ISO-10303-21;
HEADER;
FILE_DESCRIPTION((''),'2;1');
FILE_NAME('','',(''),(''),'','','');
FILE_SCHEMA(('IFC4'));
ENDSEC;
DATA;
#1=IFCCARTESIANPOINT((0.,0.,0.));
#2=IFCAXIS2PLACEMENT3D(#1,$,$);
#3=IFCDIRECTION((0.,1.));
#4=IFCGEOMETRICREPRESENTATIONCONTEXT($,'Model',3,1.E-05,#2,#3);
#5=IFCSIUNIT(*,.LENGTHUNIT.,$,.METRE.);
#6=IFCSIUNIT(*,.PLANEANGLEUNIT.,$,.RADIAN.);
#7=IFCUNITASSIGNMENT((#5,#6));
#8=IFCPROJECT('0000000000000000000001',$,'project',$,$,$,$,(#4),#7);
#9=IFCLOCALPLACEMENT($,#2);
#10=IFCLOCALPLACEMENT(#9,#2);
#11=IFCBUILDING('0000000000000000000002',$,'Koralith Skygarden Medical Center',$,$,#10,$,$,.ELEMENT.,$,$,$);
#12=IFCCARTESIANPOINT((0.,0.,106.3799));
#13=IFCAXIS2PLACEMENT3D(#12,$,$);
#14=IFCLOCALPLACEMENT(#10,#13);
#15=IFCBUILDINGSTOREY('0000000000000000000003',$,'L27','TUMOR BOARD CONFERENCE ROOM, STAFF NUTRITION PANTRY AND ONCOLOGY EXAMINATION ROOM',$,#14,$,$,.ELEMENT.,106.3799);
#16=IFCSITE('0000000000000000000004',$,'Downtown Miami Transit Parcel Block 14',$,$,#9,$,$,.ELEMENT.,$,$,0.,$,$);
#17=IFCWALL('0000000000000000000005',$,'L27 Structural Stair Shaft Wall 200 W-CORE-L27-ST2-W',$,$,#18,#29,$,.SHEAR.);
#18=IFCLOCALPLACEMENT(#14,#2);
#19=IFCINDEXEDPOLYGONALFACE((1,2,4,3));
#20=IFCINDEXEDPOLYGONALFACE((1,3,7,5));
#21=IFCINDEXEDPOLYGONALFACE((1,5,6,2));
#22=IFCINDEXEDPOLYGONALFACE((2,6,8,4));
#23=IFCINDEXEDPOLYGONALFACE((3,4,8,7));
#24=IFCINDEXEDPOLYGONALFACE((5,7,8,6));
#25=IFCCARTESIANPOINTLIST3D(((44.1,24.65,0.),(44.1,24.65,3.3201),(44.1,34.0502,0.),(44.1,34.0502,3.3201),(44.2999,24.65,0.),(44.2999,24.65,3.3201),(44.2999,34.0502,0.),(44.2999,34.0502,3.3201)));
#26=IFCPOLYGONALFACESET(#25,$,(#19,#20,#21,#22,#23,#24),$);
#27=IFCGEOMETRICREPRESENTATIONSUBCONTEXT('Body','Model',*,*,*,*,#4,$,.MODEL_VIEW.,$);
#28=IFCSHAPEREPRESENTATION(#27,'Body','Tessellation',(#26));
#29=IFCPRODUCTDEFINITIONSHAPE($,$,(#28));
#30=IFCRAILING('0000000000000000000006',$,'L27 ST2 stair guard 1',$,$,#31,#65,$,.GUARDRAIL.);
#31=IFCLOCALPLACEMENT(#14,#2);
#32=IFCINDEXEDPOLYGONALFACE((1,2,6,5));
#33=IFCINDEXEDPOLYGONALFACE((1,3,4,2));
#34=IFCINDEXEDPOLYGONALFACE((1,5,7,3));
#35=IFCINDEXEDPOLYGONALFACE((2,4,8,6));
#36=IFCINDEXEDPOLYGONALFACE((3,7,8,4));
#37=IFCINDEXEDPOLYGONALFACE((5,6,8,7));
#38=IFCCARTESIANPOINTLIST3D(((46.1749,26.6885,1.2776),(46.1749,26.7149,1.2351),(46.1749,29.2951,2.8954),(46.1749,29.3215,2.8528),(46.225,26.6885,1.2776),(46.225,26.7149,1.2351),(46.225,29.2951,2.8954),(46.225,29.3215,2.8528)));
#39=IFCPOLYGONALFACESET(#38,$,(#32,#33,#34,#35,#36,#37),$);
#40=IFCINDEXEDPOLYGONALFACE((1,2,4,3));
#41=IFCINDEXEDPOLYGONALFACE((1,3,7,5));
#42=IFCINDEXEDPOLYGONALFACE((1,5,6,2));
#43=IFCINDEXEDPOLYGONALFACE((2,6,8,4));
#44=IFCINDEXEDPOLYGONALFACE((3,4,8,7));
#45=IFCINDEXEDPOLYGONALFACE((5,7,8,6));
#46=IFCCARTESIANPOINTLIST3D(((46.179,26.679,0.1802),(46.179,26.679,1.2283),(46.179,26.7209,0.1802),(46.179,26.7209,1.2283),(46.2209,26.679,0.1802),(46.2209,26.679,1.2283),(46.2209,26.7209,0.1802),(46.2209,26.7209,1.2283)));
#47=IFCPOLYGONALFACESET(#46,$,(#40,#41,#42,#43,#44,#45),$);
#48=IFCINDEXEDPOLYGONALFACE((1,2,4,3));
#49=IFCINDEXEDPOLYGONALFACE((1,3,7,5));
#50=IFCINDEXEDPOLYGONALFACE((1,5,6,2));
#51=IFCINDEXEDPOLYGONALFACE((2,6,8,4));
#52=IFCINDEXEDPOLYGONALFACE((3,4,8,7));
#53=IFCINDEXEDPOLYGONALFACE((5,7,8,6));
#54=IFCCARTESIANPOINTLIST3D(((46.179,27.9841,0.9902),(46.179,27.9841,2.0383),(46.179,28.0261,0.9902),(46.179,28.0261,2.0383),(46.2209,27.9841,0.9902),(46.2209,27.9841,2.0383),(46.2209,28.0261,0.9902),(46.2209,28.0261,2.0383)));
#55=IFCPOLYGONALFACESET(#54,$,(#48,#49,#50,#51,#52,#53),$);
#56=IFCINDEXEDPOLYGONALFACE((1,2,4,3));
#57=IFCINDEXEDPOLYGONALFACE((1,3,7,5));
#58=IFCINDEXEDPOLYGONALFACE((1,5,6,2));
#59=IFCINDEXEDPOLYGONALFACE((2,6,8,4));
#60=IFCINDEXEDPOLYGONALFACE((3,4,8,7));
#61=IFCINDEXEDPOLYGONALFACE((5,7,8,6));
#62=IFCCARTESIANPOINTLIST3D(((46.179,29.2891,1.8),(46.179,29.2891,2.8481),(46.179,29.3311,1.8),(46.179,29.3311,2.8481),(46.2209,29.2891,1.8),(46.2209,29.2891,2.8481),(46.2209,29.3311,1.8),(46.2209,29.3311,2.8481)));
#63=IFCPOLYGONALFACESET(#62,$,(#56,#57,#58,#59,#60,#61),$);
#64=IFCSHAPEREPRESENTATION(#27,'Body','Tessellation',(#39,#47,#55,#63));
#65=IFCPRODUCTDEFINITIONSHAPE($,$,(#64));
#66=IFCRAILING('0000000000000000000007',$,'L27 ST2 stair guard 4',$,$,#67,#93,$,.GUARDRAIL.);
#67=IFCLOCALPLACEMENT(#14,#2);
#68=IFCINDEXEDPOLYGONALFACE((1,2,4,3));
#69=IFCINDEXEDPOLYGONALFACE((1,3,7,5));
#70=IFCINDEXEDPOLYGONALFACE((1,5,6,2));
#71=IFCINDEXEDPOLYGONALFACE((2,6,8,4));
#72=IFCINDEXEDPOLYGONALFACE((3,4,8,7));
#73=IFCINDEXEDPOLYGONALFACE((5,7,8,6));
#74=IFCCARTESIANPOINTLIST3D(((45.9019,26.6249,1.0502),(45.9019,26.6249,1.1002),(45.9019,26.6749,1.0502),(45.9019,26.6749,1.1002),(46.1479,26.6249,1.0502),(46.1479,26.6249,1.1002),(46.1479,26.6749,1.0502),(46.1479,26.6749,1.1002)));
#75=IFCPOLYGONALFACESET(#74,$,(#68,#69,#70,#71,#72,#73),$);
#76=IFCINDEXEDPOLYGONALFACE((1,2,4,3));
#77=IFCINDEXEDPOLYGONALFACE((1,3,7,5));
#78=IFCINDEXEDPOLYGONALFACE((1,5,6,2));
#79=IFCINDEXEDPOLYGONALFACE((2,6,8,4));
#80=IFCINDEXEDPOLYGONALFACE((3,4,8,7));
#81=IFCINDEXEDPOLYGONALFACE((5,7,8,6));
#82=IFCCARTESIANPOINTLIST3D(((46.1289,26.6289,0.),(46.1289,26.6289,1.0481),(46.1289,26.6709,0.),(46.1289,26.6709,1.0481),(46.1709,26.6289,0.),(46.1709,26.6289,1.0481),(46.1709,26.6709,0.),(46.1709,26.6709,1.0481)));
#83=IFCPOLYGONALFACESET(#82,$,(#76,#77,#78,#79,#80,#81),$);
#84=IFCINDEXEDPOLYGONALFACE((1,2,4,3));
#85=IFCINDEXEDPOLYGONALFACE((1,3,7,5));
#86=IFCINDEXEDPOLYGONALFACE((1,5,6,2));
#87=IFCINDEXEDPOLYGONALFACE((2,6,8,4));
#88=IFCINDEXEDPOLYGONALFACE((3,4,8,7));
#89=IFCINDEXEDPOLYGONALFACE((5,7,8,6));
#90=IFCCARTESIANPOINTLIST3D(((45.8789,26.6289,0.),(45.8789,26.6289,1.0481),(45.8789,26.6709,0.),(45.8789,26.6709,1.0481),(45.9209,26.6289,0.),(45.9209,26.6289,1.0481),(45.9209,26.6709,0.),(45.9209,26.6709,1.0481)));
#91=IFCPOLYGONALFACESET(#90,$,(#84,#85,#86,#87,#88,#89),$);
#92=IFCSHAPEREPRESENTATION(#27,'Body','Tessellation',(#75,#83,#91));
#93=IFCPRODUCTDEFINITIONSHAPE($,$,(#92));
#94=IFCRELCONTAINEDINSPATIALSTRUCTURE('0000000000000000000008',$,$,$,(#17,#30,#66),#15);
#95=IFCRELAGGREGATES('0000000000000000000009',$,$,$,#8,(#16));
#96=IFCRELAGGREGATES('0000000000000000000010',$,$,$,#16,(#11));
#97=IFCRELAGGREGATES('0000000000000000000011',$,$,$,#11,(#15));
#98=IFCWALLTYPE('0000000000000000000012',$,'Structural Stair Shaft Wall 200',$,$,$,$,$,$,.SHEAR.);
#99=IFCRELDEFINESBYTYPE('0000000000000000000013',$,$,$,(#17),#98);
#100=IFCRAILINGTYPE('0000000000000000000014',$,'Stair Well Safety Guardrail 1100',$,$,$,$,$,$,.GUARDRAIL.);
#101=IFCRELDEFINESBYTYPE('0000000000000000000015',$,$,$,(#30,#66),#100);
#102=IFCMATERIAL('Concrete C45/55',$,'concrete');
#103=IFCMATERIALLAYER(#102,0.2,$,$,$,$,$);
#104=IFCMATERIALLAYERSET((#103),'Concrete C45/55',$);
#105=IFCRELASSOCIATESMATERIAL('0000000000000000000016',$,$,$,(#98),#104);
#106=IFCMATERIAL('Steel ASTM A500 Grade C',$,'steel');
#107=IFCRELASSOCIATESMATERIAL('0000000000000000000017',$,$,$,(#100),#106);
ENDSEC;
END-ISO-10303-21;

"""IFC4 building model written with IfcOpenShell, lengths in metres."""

from ifc_helpers import new_model, si_unit, direction, frame, frame_2d, origin, origin_2d, place, context, subcontext, project, spatial, rectangle, extrude, material, layer, layer_set, type_object, element, save


model = new_model("IFC4")

# Units and contexts
model_context = context("Model", 3, precision=1e-05, world=origin(), true_north=direction((0.0, 1.0)))
body_context = subcontext(model_context, "Body", "Model", "MODEL_VIEW")
ifc_project = project(units=[si_unit("LENGTHUNIT", "METRE"), si_unit("PLANEANGLEUNIT", "RADIAN")], contexts=[model_context])

# Site, building, storey
site_placement = place(None, origin())
site = spatial("IfcSite", under=ifc_project, at=site_placement, Name="Downtown Miami Transit Parcel Block 14", CompositionType="ELEMENT", RefElevation=0.0)
building_placement = place(site_placement, origin())
building = spatial("IfcBuilding", under=site, at=building_placement, Name="Koralith Skygarden Medical Center", CompositionType="ELEMENT")
storey_placement = place(building_placement, frame((0.0, 0.0, 106.3799)))
storey = spatial("IfcBuildingStorey", under=building, at=storey_placement, Name="L27", Description="TUMOR BOARD CONFERENCE ROOM, STAFF NUTRITION PANTRY AND ONCOLOGY EXAMINATION ROOM", CompositionType="ELEMENT", Elevation=106.3799)

# Shared definitions
ifc_material_1 = material(Name="Concrete C45/55", Category="concrete")

# Shared definitions
ifc_material_2 = material(Name="Steel ASTM A500 Grade C", Category="steel")

# Wall
ifc_layer_1 = layer(ifc_material_1, 0.2)
ifc_layer_set_1 = layer_set([ifc_layer_1], Name="Concrete C45/55")
wall_type_1 = type_object("IfcWallType", Name="Structural Stair Shaft Wall 200", PredefinedType="SHEAR", material=ifc_layer_set_1)
wall_1_placement = place(storey_placement, frame((44.2, 24.6499, 0.0), z_axis=(0.0, 0.0, 1.0), x_axis=(0.0, 1.0, 0.0)))
element("IfcWall", 1, at=wall_1_placement, inside=storey, type_object=wall_type_1, Name="L27 Structural Stair Shaft Wall 200 W-CORE-L27-ST2-W", PredefinedType="SHEAR", context=body_context, shape_type="SweptSolid", body=[
    extrude(rectangle(XDim=9.4001, YDim=0.2, at=frame_2d((4.7002, 0.0))), origin(), (0.0, 0.0, 1.0), 3.3201),
])

# Railings
railing_type = type_object("IfcRailingType", Name="Stair Well Safety Guardrail 1100", PredefinedType="GUARDRAIL", material=ifc_material_2)
railing_1_placement = place(storey_placement, frame((46.2, 26.7, 0.1802)))
element("IfcRailing", 2, at=railing_1_placement, inside=storey, type_object=railing_type, Name="L27 ST2 stair guard 1", PredefinedType="GUARDRAIL", context=body_context, shape_type="SweptSolid", body=[
    extrude(rectangle(XDim=0.05, YDim=0.05, at=origin_2d()), frame((0.0, 0.0017, 1.0762), z_axis=(0.0, 0.849668, 0.527317), x_axis=(-1.0, 0.0, 0.0)), (0.0, 0.0, 1.0), 3.0679),
    extrude(rectangle(XDim=0.042, YDim=0.042, at=origin_2d()), origin(), (0.0, 0.0, 1.0), 1.0481),
    extrude(rectangle(XDim=0.042, YDim=0.042, at=origin_2d()), frame((0.0, 1.3052, 0.8101)), (0.0, 0.0, 1.0), 1.0481),
    extrude(rectangle(XDim=0.042, YDim=0.042, at=origin_2d()), frame((0.0, 2.6101, 1.6199)), (0.0, 0.0, 1.0), 1.0481),
])
railing_2_placement = place(storey_placement, frame((46.1499, 26.6499, 0.0)))
element("IfcRailing", 3, at=railing_2_placement, inside=storey, type_object=railing_type, Name="L27 ST2 stair guard 4", PredefinedType="GUARDRAIL", context=body_context, shape_type="SweptSolid", body=[
    extrude(rectangle(XDim=0.05, YDim=0.05, at=origin_2d()), frame((-0.002, 0.0, 1.0752), z_axis=(-1.0, 0.0, 0.0), x_axis=(0.0, -1.0, 0.0)), (0.0, 0.0, 1.0), 0.2461),
    extrude(rectangle(XDim=0.042, YDim=0.042, at=origin_2d()), origin(), (0.0, 0.0, 1.0), 1.0481),
    extrude(rectangle(XDim=0.042, YDim=0.042, at=origin_2d()), frame((-0.25, 0.0, 0.0)), (0.0, 0.0, 1.0), 1.0481),
])

save(model, "model.ifc")
